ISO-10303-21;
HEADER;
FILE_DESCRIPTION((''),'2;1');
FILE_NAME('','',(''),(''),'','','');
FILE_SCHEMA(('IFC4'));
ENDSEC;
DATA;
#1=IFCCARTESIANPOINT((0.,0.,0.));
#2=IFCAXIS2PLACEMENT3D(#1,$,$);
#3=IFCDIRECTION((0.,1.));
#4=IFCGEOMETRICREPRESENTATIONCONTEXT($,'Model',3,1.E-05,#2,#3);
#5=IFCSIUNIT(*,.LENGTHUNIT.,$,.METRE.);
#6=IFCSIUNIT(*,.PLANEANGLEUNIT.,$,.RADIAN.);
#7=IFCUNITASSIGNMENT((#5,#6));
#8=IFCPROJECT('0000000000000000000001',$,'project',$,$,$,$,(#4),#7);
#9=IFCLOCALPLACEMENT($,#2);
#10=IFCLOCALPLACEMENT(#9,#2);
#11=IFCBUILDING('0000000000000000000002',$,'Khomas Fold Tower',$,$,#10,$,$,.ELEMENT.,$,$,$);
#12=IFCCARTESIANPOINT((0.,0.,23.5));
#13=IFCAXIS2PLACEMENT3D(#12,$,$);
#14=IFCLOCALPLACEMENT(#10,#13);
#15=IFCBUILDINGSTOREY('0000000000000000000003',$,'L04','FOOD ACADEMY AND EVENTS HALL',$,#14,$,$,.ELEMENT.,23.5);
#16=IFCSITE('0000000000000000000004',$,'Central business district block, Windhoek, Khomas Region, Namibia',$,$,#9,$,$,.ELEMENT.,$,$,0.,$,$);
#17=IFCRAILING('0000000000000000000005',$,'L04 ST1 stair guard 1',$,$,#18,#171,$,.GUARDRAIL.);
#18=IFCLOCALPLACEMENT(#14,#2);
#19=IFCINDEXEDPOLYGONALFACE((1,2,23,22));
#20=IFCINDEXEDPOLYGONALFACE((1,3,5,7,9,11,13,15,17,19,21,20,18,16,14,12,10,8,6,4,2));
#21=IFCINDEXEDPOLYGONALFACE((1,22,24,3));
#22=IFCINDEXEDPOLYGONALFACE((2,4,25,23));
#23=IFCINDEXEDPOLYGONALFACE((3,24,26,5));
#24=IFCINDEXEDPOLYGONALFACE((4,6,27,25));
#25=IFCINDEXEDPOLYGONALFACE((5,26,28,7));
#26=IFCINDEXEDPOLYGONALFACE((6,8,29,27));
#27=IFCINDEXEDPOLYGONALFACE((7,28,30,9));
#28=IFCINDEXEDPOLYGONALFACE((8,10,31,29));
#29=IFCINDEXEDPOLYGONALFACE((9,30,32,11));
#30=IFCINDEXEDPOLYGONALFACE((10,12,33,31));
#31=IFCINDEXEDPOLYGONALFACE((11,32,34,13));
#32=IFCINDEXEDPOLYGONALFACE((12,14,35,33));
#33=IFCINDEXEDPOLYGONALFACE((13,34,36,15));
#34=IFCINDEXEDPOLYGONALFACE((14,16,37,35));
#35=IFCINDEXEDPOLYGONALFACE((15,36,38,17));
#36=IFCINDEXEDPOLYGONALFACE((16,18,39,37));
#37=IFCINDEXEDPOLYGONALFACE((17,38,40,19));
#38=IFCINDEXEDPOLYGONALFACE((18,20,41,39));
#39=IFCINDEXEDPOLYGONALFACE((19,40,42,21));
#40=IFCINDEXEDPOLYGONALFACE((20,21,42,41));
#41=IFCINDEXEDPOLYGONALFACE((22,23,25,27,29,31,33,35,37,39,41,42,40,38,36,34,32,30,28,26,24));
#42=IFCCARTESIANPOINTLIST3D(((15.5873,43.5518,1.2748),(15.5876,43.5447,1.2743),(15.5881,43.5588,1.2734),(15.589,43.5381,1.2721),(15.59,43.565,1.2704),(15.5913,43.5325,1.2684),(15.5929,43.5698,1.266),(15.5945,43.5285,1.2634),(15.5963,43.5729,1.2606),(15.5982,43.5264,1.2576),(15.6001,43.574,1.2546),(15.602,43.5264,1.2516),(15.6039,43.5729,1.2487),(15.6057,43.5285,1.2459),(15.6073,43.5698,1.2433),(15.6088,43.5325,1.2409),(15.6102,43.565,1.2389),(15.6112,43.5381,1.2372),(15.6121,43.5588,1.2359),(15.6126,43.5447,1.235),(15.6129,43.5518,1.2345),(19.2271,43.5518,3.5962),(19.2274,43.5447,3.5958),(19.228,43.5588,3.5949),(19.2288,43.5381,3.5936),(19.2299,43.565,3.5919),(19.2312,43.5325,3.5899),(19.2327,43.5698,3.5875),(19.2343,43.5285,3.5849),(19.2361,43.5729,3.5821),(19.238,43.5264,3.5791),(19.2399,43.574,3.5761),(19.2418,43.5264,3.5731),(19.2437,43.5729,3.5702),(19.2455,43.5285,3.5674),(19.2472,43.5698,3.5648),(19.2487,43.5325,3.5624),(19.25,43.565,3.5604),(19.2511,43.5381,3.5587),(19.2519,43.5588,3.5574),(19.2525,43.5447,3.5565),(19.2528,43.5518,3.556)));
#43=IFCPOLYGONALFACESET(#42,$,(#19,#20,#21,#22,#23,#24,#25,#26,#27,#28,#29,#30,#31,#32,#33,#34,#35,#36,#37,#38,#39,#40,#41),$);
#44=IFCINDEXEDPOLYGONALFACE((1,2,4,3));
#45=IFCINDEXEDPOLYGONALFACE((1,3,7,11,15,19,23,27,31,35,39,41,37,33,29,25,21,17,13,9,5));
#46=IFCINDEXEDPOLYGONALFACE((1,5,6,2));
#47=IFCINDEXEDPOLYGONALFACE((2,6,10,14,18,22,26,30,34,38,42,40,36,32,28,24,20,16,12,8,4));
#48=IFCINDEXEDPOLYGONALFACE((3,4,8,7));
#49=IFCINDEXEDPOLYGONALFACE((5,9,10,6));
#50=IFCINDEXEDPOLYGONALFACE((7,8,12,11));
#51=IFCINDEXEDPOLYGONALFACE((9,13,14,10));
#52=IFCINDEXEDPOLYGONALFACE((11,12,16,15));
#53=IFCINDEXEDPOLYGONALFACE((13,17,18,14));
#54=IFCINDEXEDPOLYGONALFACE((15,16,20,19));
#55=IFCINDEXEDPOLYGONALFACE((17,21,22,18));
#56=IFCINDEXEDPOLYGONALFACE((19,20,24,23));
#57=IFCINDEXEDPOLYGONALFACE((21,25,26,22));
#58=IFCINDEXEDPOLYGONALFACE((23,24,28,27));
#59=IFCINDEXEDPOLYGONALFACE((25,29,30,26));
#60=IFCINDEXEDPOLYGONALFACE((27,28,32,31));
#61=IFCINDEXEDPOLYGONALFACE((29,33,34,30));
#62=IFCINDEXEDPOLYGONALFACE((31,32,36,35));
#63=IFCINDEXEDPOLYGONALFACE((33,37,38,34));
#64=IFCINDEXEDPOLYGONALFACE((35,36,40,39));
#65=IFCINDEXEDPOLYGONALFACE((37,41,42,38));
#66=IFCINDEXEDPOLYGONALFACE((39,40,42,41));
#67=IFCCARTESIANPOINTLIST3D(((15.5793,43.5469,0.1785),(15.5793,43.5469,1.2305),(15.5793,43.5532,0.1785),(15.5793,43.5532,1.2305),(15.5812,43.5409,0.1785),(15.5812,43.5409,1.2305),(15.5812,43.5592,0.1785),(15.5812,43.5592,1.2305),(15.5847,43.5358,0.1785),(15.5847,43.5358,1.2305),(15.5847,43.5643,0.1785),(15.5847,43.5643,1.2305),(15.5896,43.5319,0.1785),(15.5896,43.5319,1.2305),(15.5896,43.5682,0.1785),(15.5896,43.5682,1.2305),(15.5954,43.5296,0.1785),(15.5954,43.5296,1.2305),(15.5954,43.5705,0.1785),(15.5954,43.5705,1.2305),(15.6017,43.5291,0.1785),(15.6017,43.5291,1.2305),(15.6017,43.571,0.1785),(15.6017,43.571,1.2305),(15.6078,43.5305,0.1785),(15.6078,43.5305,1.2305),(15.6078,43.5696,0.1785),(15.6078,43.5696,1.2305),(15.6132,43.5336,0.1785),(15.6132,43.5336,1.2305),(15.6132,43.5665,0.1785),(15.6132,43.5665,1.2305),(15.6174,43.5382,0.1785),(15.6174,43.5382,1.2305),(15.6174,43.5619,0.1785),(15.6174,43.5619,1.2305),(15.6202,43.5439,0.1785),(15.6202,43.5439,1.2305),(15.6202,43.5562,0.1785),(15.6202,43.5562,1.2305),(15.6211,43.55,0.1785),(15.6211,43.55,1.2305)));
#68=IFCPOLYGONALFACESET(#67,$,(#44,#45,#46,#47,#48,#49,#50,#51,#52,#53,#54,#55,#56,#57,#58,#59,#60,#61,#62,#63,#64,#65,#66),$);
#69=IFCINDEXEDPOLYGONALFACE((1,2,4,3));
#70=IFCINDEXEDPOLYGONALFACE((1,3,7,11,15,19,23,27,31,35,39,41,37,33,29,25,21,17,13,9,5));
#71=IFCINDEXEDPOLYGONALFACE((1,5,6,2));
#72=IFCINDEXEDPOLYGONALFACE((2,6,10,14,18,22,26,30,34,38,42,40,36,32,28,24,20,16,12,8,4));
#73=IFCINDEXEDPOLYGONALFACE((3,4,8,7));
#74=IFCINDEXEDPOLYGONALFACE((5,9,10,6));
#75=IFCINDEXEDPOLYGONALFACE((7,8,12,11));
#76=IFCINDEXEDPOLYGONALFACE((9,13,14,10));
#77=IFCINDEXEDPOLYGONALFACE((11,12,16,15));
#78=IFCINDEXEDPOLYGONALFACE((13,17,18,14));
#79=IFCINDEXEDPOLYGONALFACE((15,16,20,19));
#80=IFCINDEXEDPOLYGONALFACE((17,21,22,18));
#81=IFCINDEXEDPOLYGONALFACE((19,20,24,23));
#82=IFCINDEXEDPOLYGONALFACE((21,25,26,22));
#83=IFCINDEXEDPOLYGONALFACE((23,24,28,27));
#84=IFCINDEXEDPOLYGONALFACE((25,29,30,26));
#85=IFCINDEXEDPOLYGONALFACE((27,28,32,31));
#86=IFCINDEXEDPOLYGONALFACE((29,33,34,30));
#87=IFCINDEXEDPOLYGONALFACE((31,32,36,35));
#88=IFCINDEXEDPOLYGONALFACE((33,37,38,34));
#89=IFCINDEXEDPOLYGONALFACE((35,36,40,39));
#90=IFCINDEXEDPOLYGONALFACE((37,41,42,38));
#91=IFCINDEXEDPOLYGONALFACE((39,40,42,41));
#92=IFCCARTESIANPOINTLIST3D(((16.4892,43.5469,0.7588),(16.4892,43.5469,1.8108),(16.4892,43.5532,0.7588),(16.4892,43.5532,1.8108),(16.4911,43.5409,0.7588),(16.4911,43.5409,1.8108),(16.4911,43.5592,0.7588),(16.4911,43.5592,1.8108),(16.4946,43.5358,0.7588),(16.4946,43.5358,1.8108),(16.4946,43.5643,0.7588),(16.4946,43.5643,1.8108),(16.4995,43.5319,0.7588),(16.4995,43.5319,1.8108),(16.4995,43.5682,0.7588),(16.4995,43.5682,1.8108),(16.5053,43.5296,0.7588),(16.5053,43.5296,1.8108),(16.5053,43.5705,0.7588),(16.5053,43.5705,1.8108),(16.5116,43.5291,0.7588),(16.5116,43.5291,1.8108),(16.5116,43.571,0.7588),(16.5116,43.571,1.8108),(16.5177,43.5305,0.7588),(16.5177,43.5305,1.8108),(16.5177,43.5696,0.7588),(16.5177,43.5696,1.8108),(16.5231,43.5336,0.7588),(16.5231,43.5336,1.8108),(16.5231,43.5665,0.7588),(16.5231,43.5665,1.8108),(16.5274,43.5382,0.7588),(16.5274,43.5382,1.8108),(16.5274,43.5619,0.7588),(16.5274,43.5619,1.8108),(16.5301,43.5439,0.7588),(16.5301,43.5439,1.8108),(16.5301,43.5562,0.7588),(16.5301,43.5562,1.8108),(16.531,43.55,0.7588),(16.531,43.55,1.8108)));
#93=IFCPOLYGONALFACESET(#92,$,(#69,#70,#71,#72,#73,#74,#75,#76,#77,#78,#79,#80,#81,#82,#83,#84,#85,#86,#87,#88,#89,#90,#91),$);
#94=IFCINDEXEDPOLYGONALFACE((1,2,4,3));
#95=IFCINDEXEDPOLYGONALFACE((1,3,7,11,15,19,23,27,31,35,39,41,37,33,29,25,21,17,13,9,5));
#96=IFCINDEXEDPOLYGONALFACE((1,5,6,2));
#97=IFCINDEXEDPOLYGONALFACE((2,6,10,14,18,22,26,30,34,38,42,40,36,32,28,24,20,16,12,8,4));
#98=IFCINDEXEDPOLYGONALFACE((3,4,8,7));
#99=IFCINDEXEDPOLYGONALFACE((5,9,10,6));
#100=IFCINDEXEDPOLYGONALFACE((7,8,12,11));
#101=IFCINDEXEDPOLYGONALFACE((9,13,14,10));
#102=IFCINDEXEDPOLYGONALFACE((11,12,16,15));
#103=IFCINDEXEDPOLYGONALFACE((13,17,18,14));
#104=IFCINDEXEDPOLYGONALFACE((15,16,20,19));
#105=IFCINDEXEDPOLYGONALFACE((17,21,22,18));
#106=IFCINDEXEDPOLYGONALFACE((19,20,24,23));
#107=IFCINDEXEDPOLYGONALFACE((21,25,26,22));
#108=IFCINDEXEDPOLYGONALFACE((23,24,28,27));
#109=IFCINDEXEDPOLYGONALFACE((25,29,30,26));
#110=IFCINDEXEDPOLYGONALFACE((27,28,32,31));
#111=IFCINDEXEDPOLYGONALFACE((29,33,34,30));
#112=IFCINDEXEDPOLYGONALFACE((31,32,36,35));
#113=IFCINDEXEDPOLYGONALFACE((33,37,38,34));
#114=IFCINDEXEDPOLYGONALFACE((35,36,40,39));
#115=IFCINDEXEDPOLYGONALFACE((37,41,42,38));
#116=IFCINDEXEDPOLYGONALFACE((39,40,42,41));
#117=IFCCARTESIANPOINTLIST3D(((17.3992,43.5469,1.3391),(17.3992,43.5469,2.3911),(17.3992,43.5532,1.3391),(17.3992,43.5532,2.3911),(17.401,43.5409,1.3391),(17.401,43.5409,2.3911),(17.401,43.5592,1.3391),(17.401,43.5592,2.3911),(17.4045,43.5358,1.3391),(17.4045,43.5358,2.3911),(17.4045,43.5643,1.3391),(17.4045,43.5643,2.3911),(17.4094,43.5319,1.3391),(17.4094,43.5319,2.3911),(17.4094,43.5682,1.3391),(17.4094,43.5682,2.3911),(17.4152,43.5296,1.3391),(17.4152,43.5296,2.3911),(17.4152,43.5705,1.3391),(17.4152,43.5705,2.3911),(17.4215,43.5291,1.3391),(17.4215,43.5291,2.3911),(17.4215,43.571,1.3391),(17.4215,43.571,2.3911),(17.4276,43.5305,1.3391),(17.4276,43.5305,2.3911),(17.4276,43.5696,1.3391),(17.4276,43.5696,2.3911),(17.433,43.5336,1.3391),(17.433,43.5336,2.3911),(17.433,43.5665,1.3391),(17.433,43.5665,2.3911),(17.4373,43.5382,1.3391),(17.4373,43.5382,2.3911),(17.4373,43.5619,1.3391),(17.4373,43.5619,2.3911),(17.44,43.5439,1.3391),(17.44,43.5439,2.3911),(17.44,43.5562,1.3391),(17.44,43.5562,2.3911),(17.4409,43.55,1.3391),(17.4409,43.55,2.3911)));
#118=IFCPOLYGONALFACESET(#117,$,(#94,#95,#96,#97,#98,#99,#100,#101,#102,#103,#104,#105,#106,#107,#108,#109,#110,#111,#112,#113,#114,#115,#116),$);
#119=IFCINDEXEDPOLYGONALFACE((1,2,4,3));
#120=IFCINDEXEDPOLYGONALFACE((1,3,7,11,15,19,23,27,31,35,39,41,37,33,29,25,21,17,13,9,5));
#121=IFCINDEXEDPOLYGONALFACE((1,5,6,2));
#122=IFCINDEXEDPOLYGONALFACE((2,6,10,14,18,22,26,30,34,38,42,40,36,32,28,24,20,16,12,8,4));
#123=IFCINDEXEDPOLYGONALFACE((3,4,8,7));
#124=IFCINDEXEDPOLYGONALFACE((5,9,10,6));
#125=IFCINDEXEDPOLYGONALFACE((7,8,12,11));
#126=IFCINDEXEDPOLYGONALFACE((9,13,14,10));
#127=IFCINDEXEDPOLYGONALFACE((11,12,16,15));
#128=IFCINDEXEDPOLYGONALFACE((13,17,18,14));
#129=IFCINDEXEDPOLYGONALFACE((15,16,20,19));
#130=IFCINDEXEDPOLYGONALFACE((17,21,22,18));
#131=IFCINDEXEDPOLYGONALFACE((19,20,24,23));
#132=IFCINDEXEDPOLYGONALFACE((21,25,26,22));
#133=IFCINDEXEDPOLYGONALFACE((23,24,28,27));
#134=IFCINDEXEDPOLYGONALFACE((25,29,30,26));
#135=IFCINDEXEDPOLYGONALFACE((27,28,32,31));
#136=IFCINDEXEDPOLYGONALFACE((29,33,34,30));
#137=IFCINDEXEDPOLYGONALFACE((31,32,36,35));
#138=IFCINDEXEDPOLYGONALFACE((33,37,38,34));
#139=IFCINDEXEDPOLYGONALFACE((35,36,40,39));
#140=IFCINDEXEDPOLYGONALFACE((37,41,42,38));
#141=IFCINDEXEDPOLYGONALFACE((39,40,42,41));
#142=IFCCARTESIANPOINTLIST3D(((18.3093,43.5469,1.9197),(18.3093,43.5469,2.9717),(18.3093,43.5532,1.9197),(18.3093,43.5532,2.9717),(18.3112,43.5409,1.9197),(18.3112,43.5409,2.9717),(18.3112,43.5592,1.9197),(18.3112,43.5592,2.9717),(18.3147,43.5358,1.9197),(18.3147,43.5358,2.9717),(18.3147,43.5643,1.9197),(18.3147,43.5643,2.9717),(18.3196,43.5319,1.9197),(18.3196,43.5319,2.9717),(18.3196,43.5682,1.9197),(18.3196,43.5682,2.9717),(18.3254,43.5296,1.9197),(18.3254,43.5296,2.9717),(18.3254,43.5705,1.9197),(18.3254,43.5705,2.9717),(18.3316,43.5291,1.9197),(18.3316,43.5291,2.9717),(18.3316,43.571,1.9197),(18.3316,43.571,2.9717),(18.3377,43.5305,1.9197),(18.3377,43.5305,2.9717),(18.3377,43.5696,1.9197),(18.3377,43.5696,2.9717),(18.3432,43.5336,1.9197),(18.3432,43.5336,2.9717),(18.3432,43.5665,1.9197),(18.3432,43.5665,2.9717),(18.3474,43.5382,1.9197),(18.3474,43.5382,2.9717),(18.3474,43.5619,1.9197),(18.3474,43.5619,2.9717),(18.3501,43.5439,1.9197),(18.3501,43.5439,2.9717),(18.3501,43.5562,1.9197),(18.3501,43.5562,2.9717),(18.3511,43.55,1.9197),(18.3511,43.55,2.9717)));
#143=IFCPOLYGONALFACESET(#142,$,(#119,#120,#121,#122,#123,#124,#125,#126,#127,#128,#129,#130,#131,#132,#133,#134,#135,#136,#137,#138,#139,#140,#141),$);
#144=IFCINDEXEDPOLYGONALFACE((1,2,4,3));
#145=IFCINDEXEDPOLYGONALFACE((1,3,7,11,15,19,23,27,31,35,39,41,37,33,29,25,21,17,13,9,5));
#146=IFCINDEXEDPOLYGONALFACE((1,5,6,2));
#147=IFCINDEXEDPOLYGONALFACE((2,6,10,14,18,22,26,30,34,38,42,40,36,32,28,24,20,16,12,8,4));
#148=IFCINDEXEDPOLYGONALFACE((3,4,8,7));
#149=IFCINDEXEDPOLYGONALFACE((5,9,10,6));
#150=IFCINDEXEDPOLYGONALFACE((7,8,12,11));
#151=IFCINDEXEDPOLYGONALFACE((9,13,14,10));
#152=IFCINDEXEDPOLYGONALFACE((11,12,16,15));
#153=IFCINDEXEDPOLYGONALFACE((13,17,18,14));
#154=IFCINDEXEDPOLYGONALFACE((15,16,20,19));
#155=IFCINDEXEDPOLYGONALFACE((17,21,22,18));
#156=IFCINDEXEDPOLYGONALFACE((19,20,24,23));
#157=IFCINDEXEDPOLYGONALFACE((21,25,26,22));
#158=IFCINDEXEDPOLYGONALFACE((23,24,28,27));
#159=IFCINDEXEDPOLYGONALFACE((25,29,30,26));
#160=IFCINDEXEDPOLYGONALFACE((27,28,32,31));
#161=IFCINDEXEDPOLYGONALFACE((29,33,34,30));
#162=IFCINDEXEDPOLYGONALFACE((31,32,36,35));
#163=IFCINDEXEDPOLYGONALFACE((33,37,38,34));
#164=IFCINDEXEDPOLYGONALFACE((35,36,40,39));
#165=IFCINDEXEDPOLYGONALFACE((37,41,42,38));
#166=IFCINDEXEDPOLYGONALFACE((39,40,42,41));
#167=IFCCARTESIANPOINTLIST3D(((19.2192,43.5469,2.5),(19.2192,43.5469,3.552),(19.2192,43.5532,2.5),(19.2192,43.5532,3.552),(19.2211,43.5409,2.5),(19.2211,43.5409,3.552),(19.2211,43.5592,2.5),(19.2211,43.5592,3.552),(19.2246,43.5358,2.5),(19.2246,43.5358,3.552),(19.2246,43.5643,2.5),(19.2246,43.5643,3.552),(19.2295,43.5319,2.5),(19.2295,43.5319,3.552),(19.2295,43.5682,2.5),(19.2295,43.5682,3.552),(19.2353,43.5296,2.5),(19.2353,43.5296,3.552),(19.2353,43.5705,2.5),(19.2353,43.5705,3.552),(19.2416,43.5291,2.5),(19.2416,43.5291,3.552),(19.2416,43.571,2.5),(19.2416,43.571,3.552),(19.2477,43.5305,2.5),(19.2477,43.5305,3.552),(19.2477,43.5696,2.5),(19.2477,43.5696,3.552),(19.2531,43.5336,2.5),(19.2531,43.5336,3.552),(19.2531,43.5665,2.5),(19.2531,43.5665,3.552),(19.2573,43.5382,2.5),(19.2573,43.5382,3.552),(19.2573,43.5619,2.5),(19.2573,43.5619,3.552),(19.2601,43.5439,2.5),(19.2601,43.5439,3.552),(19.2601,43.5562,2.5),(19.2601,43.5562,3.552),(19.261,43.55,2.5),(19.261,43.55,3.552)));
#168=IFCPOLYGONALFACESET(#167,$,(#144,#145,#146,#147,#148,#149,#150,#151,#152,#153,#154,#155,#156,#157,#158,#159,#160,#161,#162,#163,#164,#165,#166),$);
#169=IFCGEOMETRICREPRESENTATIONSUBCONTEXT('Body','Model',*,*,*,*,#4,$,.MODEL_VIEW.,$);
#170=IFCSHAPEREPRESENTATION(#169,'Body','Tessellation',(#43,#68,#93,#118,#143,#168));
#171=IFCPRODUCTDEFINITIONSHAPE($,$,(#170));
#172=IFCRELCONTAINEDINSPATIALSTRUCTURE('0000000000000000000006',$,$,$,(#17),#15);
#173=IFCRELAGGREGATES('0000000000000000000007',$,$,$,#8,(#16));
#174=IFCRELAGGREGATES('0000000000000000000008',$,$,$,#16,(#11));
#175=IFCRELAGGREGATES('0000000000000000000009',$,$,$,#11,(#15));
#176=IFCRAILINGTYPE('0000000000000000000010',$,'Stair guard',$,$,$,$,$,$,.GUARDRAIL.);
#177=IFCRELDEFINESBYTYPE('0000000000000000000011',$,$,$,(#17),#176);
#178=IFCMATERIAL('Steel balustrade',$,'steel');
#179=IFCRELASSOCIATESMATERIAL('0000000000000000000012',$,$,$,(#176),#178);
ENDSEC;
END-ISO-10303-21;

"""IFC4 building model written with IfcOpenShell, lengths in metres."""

from ifc_helpers import new_model, si_unit, direction, frame, origin, origin_2d, place, context, subcontext, project, spatial, circle, extrude, source, transform, mapped, material, type_object, element, save


model = new_model("IFC4")

# Units and contexts
model_context = context("Model", 3, precision=1e-05, world=origin(), true_north=direction((0.0, 1.0)))
body_context = subcontext(model_context, "Body", "Model", "MODEL_VIEW")
ifc_project = project(units=[si_unit("LENGTHUNIT", "METRE"), si_unit("PLANEANGLEUNIT", "RADIAN")], contexts=[model_context])

# Site, building, storey
site_placement = place(None, origin())
site = spatial("IfcSite", under=ifc_project, at=site_placement, Name="Central business district block, Windhoek, Khomas Region, Namibia", CompositionType="ELEMENT", RefElevation=0.0)
building_placement = place(site_placement, origin())
building = spatial("IfcBuilding", under=site, at=building_placement, Name="Khomas Fold Tower", CompositionType="ELEMENT")
storey_placement = place(building_placement, frame((0.0, 0.0, 23.5)))
storey = spatial("IfcBuildingStorey", under=building, at=storey_placement, Name="L04", Description="FOOD ACADEMY AND EVENTS HALL", CompositionType="ELEMENT", Elevation=23.5)

# Railing
ifc_material_1 = material(Name="Steel balustrade", Category="steel")
railing_type_1 = type_object("IfcRailingType", Name="Stair guard", PredefinedType="GUARDRAIL", material=ifc_material_1)
shared_shape_1 = source(origin(), body_context, "Body", "SweptSolid", [
    extrude(circle(Radius=0.0239, at=origin_2d()), frame((0.0, 0.0, 1.0762), z_axis=(0.843112, 0.0, 0.537739), x_axis=(0.0, 1.0, 0.0)), (0.0, 0.0, 1.0), 4.3171),
    extrude(circle(Radius=0.021, at=origin_2d()), origin(), (0.0, 0.0, 1.0), 1.052),
    extrude(circle(Radius=0.021, at=origin_2d()), frame((0.9099, 0.0, 0.5803)), (0.0, 0.0, 1.0), 1.052),
    extrude(circle(Radius=0.021, at=origin_2d()), frame((1.8198, 0.0, 1.1606)), (0.0, 0.0, 1.0), 1.052),
    extrude(circle(Radius=0.021, at=origin_2d()), frame((2.73, 0.0, 1.7412)), (0.0, 0.0, 1.0), 1.052),
    extrude(circle(Radius=0.021, at=origin_2d()), frame((3.6399, 0.0, 2.3215)), (0.0, 0.0, 1.0), 1.052),
])
railing_1_placement = place(storey_placement, frame((15.6001, 43.55, 0.1785)))
element("IfcRailing", 1, at=railing_1_placement, inside=storey, type_object=railing_type_1, Name="L04 ST1 stair guard 1", PredefinedType="GUARDRAIL", context=body_context, shape_type="MappedRepresentation", body=[
    mapped(shared_shape_1, transform((0.0, 0.0, 0.0))),
])

save(model, "model.ifc")
